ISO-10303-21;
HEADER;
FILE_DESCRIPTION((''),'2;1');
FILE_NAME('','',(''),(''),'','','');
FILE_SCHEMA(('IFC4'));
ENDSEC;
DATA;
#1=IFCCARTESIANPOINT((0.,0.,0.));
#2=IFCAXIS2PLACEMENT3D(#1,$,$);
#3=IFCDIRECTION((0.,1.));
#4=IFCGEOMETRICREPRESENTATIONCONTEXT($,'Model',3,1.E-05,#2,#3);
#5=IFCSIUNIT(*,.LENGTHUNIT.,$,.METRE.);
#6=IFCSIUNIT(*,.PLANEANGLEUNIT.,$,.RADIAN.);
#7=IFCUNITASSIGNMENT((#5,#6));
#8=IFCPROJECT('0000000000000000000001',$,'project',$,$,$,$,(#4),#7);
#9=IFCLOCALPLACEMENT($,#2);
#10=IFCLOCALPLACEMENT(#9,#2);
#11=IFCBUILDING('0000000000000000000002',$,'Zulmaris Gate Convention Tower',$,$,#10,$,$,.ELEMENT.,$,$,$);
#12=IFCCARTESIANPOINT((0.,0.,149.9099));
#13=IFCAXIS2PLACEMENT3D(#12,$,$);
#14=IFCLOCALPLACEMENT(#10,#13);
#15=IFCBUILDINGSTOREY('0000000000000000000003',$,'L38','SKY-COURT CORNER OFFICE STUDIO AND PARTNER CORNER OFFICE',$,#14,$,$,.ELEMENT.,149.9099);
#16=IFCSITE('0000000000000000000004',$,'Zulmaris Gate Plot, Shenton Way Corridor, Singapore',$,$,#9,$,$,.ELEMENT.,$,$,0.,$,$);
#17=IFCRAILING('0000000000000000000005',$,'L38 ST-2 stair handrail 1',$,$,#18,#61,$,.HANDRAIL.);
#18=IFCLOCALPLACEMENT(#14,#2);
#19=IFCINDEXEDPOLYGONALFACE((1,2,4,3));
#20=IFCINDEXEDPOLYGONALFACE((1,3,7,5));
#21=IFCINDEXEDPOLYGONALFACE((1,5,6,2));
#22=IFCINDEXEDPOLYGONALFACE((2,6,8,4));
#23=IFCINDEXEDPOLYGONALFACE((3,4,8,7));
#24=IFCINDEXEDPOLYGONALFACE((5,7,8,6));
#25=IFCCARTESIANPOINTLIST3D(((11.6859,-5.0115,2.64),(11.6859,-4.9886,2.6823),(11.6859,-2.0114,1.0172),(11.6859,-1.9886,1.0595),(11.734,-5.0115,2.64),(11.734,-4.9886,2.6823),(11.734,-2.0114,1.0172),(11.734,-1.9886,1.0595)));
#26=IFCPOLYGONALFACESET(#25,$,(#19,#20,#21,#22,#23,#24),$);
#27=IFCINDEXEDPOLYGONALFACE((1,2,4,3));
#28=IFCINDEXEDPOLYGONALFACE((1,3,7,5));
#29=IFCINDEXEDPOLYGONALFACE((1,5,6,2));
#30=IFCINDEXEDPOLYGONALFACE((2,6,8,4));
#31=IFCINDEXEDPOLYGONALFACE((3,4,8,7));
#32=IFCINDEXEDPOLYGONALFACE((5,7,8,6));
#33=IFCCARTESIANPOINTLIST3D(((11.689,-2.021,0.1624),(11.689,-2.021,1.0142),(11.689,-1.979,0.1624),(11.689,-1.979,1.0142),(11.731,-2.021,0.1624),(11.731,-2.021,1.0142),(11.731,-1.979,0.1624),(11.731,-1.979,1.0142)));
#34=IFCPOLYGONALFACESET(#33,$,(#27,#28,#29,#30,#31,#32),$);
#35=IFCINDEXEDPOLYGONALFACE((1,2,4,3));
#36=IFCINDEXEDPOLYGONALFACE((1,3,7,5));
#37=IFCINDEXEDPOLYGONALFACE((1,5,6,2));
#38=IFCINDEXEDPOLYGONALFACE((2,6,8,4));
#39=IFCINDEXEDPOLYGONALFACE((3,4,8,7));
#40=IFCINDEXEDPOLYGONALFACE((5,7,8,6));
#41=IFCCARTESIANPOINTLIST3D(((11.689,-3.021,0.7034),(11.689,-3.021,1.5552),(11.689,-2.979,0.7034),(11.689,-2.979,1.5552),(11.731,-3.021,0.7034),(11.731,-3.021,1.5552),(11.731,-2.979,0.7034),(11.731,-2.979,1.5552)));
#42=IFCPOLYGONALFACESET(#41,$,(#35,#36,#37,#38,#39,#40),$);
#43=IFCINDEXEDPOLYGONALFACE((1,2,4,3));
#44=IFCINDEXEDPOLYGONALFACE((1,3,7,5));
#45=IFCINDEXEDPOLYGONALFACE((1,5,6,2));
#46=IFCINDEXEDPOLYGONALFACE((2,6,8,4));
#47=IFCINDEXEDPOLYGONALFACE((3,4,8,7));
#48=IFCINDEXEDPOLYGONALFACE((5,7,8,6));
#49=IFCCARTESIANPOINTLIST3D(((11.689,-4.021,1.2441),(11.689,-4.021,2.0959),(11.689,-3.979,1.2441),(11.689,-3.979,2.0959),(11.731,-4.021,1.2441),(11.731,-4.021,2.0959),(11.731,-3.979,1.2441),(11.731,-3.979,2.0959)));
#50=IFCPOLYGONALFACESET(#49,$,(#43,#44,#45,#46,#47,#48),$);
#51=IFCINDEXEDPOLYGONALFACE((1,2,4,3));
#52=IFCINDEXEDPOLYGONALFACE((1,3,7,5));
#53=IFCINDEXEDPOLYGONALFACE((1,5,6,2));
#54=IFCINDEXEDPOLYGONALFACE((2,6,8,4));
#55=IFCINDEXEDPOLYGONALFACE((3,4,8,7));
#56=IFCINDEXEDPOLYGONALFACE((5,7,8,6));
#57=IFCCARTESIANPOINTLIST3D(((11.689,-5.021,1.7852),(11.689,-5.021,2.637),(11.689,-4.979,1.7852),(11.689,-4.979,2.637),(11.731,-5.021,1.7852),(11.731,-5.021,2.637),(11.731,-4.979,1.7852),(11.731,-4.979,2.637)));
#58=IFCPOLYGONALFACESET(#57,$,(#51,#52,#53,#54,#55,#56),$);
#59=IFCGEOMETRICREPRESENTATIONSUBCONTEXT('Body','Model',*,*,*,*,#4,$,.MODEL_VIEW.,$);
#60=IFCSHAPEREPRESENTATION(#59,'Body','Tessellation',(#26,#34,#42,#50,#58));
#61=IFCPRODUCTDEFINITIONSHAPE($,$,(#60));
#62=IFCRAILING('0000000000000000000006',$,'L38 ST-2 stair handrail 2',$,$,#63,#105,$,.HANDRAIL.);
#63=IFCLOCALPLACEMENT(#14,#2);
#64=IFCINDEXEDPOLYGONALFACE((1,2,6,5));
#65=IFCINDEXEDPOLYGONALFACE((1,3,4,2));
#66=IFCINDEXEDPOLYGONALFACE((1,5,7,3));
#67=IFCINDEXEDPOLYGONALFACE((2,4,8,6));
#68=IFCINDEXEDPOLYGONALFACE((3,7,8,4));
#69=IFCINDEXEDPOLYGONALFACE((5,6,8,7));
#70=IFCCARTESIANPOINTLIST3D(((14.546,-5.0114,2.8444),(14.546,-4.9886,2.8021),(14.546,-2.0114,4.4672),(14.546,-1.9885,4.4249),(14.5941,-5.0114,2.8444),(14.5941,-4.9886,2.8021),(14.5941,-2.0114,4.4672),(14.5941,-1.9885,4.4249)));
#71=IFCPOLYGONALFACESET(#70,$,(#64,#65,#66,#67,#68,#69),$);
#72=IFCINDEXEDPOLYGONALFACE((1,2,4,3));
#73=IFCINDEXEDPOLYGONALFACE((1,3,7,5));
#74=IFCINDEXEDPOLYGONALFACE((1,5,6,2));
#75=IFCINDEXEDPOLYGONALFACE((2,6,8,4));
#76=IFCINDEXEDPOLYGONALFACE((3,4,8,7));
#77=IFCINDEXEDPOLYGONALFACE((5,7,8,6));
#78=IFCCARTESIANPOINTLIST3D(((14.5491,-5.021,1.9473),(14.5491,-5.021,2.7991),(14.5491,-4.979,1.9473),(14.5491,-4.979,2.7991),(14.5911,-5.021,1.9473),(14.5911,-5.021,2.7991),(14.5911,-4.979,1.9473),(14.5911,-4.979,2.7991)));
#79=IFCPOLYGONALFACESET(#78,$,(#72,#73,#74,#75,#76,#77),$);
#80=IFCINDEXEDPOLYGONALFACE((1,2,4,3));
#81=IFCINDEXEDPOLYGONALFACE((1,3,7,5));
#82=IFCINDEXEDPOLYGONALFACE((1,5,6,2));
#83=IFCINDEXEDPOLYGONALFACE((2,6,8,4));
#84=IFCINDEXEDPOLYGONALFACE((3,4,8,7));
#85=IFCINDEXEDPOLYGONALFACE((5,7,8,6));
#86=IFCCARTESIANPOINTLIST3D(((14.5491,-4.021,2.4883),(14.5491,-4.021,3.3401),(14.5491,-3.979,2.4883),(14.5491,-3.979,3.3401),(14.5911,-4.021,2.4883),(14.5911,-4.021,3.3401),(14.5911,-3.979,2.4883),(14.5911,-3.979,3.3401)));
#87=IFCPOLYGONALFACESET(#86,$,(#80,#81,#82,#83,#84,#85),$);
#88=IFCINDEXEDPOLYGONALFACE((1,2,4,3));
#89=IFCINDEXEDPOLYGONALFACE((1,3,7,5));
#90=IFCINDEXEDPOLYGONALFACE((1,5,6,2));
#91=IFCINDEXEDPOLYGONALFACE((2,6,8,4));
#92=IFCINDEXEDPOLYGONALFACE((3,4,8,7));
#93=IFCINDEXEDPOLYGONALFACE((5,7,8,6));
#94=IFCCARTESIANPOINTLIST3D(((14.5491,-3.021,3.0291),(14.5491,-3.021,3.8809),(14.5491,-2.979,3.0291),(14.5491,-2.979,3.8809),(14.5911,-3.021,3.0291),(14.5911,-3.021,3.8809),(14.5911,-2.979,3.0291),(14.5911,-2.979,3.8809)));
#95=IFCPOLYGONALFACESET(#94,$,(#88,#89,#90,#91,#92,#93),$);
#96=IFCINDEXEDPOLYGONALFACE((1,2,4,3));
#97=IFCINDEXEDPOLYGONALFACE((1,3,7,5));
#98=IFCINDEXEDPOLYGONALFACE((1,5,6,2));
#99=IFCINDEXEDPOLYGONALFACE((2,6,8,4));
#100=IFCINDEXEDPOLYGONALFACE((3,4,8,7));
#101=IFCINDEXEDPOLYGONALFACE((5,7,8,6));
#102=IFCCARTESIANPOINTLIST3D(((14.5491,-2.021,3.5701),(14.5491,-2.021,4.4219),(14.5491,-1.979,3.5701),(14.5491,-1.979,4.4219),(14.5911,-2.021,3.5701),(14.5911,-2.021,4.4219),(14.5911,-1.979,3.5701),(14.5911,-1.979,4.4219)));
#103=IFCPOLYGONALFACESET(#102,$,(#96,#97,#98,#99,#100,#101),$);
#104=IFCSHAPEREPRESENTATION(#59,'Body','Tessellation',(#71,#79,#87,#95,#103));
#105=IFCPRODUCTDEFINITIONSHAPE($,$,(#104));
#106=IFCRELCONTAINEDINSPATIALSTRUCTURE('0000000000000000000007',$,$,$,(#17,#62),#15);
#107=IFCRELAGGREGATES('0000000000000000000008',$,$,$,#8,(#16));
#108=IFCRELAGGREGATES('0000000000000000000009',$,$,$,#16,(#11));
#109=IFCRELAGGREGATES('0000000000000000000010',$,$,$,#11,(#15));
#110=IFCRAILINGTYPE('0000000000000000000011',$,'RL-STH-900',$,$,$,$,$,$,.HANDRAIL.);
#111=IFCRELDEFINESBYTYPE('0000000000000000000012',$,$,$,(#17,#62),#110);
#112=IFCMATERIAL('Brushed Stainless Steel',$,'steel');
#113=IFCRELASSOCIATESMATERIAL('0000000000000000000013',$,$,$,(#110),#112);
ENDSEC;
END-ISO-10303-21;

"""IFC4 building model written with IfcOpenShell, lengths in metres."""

from ifc_helpers import new_model, si_unit, direction, frame, origin, origin_2d, place, context, subcontext, project, spatial, rectangle, extrude, material, type_object, element, save


model = new_model("IFC4")

# Units and contexts
model_context = context("Model", 3, precision=1e-05, world=origin(), true_north=direction((0.0, 1.0)))
body_context = subcontext(model_context, "Body", "Model", "MODEL_VIEW")
ifc_project = project(units=[si_unit("LENGTHUNIT", "METRE"), si_unit("PLANEANGLEUNIT", "RADIAN")], contexts=[model_context])

# Site, building, storey
site_placement = place(None, origin())
site = spatial("IfcSite", under=ifc_project, at=site_placement, Name="Zulmaris Gate Plot, Shenton Way Corridor, Singapore", CompositionType="ELEMENT", RefElevation=0.0)
building_placement = place(site_placement, origin())
building = spatial("IfcBuilding", under=site, at=building_placement, Name="Zulmaris Gate Convention Tower", CompositionType="ELEMENT")
storey_placement = place(building_placement, frame((0.0, 0.0, 149.9099)))
storey = spatial("IfcBuildingStorey", under=building, at=storey_placement, Name="L38", Description="SKY-COURT CORNER OFFICE STUDIO AND PARTNER CORNER OFFICE", CompositionType="ELEMENT", Elevation=149.9099)

# Shared definitions
ifc_material_1 = material(Name="Brushed Stainless Steel", Category="steel")

# Railings
railing_type_1 = type_object("IfcRailingType", Name="RL-STH-900", PredefinedType="HANDRAIL", material=ifc_material_1)
railing_1_placement = place(storey_placement, frame((11.71, -2.0, 0.1624)))
element("IfcRailing", 1, at=railing_1_placement, inside=storey, type_object=railing_type_1, Name="L38 ST-2 stair handrail 1", PredefinedType="HANDRAIL", context=body_context, shape_type="SweptSolid", body=[
    extrude(rectangle(XDim=0.0481, YDim=0.0481, at=origin_2d()), frame((0.0, 0.0, 0.876), z_axis=(0.0, -0.879562, 0.475785), x_axis=(1.0, 0.0, 0.0)), (0.0, 0.0, 1.0), 3.4109),
    extrude(rectangle(XDim=0.042, YDim=0.042, at=origin_2d()), origin(), (0.0, 0.0, 1.0), 0.8518),
    extrude(rectangle(XDim=0.042, YDim=0.042, at=origin_2d()), frame((0.0, -1.0, 0.541)), (0.0, 0.0, 1.0), 0.8518),
    extrude(rectangle(XDim=0.042, YDim=0.042, at=origin_2d()), frame((0.0, -2.0, 1.0818)), (0.0, 0.0, 1.0), 0.8518),
    extrude(rectangle(XDim=0.042, YDim=0.042, at=origin_2d()), frame((0.0, -3.0, 1.6228)), (0.0, 0.0, 1.0), 0.8518),
])
railing_2_placement = place(storey_placement, frame((14.5701, -5.0, 1.9473)))
element("IfcRailing", 2, at=railing_2_placement, inside=storey, type_object=railing_type_1, Name="L38 ST-2 stair handrail 2", PredefinedType="HANDRAIL", context=body_context, shape_type="SweptSolid", body=[
    extrude(rectangle(XDim=0.0481, YDim=0.0481, at=origin_2d()), frame((0.0, 0.0, 0.876), z_axis=(0.0, 0.879562, 0.475785), x_axis=(-1.0, 0.0, 0.0)), (0.0, 0.0, 1.0), 3.4109),
    extrude(rectangle(XDim=0.042, YDim=0.042, at=origin_2d()), origin(), (0.0, 0.0, 1.0), 0.8518),
    extrude(rectangle(XDim=0.042, YDim=0.042, at=origin_2d()), frame((0.0, 1.0, 0.541)), (0.0, 0.0, 1.0), 0.8518),
    extrude(rectangle(XDim=0.042, YDim=0.042, at=origin_2d()), frame((0.0, 2.0, 1.0818)), (0.0, 0.0, 1.0), 0.8518),
    extrude(rectangle(XDim=0.042, YDim=0.042, at=origin_2d()), frame((0.0, 3.0, 1.6228)), (0.0, 0.0, 1.0), 0.8518),
])

save(model, "model.ifc")
